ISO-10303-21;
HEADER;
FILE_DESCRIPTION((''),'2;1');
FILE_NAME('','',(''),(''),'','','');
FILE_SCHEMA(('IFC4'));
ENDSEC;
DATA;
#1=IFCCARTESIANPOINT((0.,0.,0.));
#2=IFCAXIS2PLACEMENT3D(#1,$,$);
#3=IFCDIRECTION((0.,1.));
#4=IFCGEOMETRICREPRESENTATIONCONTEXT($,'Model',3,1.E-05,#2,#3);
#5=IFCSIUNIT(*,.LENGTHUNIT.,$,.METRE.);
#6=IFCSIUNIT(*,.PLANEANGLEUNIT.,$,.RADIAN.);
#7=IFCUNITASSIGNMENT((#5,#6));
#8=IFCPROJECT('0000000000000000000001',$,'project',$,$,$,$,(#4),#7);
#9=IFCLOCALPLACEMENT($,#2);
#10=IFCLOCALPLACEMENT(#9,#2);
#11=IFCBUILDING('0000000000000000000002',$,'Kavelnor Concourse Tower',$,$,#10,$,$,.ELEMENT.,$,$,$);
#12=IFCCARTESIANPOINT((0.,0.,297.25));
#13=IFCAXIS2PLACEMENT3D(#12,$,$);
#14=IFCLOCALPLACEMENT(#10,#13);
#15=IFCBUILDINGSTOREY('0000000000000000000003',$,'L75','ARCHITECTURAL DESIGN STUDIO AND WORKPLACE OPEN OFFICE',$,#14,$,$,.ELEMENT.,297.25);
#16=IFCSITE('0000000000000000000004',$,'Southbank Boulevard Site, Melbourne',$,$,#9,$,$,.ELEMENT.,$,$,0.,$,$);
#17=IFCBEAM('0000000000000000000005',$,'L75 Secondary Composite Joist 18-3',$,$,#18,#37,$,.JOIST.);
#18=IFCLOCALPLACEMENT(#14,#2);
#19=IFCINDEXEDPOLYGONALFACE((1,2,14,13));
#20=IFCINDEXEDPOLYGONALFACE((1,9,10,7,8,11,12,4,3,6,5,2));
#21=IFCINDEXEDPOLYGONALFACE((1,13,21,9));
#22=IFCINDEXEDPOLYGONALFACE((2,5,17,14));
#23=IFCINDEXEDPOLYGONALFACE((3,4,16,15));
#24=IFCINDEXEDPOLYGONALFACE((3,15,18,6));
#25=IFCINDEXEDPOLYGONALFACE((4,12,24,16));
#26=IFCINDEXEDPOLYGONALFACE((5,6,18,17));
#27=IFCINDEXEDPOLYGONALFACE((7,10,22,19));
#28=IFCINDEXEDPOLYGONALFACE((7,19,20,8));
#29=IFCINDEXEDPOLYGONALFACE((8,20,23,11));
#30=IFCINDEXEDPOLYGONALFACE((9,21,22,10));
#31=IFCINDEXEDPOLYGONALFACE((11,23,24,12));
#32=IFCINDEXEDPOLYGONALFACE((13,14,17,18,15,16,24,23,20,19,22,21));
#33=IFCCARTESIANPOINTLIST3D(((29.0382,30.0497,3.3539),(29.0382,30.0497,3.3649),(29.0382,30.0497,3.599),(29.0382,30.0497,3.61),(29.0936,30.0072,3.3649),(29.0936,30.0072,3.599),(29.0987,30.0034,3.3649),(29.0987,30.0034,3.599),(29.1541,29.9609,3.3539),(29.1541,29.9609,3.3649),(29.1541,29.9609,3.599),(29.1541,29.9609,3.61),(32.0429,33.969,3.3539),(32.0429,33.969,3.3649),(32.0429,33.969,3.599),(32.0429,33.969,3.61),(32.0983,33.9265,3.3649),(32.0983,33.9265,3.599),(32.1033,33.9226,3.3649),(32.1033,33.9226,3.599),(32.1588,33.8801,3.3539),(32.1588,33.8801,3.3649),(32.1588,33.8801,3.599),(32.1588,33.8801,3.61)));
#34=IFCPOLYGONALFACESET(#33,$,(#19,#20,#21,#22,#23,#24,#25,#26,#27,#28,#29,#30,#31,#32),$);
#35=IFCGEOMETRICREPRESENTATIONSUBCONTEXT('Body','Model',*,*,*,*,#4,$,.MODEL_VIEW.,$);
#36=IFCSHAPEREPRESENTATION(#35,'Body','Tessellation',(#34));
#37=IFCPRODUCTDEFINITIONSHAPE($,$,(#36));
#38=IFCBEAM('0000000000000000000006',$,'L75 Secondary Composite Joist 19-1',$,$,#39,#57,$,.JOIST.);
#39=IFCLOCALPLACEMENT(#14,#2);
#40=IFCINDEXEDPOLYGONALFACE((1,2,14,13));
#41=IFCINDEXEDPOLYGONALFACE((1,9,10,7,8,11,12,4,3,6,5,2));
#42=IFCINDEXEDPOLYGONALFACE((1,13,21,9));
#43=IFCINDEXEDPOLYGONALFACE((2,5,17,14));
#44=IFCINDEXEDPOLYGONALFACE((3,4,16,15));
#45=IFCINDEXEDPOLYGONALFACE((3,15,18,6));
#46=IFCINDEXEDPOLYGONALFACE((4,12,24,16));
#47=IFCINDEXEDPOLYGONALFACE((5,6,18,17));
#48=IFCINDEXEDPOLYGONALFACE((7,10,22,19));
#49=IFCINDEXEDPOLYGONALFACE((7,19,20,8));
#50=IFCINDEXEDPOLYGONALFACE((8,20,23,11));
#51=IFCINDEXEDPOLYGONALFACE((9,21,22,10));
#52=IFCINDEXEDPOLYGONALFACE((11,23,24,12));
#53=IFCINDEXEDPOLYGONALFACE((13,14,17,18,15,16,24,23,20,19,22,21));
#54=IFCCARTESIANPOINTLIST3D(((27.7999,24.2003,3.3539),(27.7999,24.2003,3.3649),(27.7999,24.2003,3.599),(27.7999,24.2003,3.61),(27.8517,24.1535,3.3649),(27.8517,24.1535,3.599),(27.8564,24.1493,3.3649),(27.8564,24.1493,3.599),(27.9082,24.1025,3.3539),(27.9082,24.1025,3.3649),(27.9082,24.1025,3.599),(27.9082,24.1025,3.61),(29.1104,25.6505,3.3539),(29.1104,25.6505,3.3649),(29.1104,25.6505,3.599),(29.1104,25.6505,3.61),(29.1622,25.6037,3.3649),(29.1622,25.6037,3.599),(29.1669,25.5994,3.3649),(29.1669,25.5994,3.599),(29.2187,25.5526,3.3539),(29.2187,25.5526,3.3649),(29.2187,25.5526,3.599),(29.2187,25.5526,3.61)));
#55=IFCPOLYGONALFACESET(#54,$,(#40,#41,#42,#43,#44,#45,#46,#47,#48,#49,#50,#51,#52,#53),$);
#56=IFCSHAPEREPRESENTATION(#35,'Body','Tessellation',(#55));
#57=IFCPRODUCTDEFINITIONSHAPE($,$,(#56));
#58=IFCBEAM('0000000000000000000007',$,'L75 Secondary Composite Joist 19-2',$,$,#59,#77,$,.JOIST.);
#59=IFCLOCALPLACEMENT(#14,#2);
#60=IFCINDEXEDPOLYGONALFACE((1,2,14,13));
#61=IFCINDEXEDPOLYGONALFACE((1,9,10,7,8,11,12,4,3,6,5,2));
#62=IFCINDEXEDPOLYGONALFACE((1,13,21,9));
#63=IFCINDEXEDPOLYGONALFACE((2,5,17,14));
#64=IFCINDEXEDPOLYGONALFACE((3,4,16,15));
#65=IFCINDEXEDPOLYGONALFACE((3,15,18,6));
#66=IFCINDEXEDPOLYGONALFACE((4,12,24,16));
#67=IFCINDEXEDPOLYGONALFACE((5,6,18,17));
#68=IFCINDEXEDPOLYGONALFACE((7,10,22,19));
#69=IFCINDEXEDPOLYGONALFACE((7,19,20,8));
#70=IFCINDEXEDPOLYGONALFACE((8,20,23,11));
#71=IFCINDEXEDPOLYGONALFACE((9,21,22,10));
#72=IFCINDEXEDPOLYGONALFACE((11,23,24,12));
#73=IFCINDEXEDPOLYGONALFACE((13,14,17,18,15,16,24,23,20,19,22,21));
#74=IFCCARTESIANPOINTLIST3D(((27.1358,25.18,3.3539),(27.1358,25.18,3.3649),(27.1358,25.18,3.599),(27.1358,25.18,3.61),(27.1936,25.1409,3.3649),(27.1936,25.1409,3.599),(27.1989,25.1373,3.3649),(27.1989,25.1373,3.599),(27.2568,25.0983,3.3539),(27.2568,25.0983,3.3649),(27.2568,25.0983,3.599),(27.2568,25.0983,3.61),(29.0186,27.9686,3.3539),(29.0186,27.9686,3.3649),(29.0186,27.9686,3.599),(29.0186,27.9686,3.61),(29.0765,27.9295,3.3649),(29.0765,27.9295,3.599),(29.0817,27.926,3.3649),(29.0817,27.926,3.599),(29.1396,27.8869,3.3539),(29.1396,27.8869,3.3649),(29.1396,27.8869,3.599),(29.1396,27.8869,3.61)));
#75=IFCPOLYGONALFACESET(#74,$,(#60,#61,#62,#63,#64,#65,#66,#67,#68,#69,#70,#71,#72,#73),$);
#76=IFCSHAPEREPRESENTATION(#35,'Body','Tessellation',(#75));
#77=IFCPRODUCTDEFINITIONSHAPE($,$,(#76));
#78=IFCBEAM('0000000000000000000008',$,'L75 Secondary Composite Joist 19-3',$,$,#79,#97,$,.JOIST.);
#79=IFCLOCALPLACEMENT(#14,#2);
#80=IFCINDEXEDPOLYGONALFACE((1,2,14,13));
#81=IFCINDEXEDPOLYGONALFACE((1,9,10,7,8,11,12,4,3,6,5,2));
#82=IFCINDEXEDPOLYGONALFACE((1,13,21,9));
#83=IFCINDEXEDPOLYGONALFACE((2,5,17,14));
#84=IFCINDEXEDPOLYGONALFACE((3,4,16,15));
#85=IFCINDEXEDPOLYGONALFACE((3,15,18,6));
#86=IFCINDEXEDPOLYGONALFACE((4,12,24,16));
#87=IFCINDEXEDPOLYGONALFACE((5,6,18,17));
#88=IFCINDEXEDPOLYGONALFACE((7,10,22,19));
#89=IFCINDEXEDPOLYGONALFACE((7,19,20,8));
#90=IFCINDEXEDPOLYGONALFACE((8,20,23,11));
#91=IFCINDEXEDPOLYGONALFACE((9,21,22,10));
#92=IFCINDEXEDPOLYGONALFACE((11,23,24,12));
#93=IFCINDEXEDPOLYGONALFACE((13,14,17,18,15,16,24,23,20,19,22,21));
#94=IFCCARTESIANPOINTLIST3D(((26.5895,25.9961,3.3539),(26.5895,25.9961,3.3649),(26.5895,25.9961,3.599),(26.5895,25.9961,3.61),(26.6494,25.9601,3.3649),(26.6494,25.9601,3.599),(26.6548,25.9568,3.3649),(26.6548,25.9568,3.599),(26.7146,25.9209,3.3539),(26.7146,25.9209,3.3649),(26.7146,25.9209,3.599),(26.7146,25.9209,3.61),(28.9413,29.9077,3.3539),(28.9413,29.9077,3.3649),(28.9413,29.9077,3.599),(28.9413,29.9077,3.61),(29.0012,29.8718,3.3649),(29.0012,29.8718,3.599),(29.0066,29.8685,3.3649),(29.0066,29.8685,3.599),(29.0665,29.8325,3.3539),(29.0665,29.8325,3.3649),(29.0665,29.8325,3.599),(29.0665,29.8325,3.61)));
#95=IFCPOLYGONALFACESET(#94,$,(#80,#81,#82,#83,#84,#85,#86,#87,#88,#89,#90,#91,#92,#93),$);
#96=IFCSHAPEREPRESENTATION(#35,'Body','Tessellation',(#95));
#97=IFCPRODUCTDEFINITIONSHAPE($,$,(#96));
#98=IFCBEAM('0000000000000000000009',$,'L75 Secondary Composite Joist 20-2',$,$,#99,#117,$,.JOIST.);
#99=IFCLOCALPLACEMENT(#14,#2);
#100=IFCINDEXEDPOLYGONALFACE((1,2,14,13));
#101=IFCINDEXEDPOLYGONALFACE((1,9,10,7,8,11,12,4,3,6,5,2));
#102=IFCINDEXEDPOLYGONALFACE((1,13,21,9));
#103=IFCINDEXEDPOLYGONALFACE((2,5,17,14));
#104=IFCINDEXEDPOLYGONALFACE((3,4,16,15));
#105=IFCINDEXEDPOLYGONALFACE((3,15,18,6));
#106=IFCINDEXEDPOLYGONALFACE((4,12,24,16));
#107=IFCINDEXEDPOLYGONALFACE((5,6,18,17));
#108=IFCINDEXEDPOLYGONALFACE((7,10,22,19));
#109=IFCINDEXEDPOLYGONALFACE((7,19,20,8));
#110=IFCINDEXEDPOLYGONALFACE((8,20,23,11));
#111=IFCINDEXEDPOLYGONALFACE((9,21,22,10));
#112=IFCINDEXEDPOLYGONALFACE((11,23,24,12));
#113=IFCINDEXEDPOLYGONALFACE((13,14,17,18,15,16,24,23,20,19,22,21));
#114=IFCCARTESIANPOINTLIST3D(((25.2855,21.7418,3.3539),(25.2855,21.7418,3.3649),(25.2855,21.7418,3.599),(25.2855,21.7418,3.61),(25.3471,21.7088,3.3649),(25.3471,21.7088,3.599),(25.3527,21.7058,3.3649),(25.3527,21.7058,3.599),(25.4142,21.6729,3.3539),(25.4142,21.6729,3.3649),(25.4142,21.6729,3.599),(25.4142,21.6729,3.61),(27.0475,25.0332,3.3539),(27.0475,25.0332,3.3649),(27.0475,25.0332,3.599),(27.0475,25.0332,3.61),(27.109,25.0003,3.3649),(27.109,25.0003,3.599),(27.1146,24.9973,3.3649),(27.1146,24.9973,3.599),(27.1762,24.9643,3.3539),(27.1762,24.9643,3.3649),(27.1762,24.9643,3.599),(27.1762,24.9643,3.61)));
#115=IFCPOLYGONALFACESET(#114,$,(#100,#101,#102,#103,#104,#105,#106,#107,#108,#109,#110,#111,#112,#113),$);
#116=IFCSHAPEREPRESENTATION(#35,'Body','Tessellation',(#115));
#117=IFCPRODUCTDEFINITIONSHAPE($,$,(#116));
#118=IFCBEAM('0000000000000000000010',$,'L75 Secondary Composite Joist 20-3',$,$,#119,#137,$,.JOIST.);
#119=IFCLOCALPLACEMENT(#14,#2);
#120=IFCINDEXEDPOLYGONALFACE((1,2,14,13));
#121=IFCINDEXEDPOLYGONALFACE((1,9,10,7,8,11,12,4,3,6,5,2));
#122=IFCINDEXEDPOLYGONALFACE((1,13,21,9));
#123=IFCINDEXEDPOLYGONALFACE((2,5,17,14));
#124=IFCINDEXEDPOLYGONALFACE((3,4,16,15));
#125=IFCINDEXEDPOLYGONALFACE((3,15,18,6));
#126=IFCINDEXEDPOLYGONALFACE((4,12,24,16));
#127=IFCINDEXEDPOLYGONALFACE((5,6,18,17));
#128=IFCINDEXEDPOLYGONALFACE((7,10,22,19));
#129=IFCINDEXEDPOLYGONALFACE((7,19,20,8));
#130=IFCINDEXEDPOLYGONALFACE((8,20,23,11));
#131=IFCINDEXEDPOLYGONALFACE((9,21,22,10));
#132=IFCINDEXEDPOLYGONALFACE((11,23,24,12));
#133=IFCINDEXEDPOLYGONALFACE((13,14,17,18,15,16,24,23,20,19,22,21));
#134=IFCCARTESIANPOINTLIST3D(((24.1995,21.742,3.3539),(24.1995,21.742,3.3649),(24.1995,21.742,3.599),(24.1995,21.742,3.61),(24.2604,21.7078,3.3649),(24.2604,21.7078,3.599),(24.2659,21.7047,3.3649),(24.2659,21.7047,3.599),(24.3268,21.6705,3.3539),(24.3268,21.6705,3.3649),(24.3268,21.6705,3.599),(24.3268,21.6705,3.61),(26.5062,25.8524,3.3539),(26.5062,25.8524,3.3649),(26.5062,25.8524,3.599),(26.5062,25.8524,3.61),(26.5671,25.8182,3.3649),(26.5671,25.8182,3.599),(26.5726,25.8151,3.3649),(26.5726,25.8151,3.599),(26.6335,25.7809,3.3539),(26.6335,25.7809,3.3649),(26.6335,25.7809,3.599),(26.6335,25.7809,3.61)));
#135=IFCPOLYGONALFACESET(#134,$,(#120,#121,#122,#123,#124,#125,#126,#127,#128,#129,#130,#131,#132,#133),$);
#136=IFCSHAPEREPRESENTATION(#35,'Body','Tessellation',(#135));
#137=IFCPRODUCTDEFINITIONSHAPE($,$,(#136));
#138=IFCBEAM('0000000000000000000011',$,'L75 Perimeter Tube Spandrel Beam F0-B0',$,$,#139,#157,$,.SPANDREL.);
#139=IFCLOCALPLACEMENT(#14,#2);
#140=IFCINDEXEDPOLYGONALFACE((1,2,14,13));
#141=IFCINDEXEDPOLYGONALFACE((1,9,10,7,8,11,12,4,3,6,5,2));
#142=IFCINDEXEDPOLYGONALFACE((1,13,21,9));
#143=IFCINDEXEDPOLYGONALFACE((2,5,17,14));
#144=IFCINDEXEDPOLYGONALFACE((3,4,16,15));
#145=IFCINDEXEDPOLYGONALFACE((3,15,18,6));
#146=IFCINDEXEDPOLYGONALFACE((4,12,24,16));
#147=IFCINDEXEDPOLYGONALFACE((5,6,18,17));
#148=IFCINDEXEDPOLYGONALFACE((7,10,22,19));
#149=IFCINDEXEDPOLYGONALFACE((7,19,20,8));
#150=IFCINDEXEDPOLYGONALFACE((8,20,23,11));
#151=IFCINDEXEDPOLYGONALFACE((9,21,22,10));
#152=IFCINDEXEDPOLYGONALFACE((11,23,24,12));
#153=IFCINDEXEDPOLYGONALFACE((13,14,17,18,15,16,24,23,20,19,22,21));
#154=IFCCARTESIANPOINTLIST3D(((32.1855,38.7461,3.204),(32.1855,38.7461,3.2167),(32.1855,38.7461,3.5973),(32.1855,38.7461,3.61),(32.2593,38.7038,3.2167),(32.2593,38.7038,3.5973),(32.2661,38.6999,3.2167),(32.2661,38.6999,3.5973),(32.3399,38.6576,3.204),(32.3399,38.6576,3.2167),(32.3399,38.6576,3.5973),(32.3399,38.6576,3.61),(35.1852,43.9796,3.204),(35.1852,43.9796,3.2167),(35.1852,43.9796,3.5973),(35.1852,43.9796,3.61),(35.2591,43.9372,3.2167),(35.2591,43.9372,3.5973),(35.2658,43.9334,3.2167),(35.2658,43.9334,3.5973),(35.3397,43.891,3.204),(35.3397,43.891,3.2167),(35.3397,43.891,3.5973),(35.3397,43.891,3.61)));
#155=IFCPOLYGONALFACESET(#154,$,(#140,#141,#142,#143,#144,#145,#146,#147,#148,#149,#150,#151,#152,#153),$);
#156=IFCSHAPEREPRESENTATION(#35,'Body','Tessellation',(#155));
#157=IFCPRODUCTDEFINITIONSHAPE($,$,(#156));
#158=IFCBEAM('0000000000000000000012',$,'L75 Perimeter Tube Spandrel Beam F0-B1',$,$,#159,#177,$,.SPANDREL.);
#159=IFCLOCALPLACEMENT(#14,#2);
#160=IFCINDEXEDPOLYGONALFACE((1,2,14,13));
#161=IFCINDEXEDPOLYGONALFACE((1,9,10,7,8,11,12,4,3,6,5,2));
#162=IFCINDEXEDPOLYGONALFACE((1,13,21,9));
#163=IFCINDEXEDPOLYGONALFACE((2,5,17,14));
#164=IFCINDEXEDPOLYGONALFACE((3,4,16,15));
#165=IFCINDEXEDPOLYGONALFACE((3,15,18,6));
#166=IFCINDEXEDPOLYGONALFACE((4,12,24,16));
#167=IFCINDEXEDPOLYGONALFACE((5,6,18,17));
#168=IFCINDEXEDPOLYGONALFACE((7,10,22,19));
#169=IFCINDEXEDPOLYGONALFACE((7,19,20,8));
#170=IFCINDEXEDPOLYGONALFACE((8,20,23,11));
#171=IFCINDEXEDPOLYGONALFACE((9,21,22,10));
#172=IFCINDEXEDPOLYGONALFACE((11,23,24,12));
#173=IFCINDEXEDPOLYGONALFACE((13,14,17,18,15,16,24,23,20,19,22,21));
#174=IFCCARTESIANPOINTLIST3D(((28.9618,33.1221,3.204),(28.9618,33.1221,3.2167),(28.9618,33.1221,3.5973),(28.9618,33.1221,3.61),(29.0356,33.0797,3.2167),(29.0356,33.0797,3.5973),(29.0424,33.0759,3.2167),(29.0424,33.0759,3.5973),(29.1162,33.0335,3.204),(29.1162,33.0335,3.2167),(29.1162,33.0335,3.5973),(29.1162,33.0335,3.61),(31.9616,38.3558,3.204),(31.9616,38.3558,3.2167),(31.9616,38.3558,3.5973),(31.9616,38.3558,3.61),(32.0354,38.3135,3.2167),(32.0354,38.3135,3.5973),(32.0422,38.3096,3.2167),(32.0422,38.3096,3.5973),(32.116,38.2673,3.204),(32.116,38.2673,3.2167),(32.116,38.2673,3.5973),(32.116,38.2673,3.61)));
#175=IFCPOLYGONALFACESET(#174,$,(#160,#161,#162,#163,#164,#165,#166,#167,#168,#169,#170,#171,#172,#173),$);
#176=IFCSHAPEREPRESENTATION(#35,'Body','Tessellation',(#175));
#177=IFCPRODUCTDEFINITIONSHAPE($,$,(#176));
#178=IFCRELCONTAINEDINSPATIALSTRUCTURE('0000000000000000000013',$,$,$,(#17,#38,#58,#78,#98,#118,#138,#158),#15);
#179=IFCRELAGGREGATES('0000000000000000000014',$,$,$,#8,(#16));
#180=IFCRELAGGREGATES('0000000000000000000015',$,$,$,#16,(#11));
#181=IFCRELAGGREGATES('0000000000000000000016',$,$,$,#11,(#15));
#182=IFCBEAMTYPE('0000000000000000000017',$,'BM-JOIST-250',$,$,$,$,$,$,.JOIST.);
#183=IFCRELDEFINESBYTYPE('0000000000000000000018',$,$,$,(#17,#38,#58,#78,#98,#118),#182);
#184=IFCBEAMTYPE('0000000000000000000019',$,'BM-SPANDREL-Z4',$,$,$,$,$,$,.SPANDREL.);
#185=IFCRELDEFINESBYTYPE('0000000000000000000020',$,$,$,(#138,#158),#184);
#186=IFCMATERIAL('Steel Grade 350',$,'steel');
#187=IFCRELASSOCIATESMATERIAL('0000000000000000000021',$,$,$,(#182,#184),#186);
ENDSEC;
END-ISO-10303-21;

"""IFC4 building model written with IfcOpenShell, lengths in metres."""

from ifc_helpers import new_model, si_unit, direction, frame, origin, origin_2d, place, context, subcontext, project, spatial, i_section, extrude, material, material_profile, profile_set, type_object, element, save


model = new_model("IFC4")

# Units and contexts
model_context = context("Model", 3, precision=1e-05, world=origin(), true_north=direction((0.0, 1.0)))
body_context = subcontext(model_context, "Body", "Model", "MODEL_VIEW")
ifc_project = project(units=[si_unit("LENGTHUNIT", "METRE"), si_unit("PLANEANGLEUNIT", "RADIAN")], contexts=[model_context])

# Site, building, storey
site_placement = place(None, origin())
site = spatial("IfcSite", under=ifc_project, at=site_placement, Name="Southbank Boulevard Site, Melbourne", CompositionType="ELEMENT", RefElevation=0.0)
building_placement = place(site_placement, origin())
building = spatial("IfcBuilding", under=site, at=building_placement, Name="Kavelnor Concourse Tower", CompositionType="ELEMENT")
storey_placement = place(building_placement, frame((0.0, 0.0, 297.25)))
storey = spatial("IfcBuildingStorey", under=building, at=storey_placement, Name="L75", Description="ARCHITECTURAL DESIGN STUDIO AND WORKPLACE OPEN OFFICE", CompositionType="ELEMENT", Elevation=297.25)

# Shared definitions
ifc_material_1 = material(Name="Steel Grade 350", Category="steel")

# Beams
ifc_material_profile_1 = material_profile(ifc_material_1, i_section(OverallWidth=0.146, OverallDepth=0.2561, WebThickness=0.0063, FlangeThickness=0.011, at=origin_2d()), Name="250UB37")
ifc_profile_set_1 = profile_set([ifc_material_profile_1], Name="Steel Grade 350")
beam_type_1 = type_object("IfcBeamType", Name="BM-JOIST-250", PredefinedType="JOIST", material=ifc_profile_set_1)
beam_1_placement = place(storey_placement, frame((32.1008, 33.9246, 3.4819), z_axis=(-0.608422, -0.793614, 0.0), x_axis=(0.793614, -0.608422, 0.0)))
element("IfcBeam", 1, at=beam_1_placement, inside=storey, type_object=beam_type_1, Name="L75 Secondary Composite Joist 18-3", PredefinedType="JOIST", context=body_context, shape_type="SweptSolid", body=[
    extrude(i_section(OverallWidth=0.146, OverallDepth=0.2561, WebThickness=0.0063, FlangeThickness=0.011, at=origin_2d()), origin(), (0.0, 0.0, 1.0), 4.9385),
])
beam_2_placement = place(storey_placement, frame((29.1646, 25.6016, 3.4819), z_axis=(-0.670481, -0.741926, 0.0), x_axis=(0.741926, -0.670481, 0.0)))
element("IfcBeam", 2, at=beam_2_placement, inside=storey, type_object=beam_type_1, Name="L75 Secondary Composite Joist 19-1", PredefinedType="JOIST", context=body_context, shape_type="SweptSolid", body=[
    extrude(i_section(OverallWidth=0.146, OverallDepth=0.2561, WebThickness=0.0063, FlangeThickness=0.011, at=origin_2d()), origin(), (0.0, 0.0, 1.0), 1.9546),
])
beam_3_placement = place(storey_placement, frame((29.0791, 27.9277, 3.4819), z_axis=(-0.55958, -0.828776, 0.0), x_axis=(0.828776, -0.55958, 0.0)))
element("IfcBeam", 3, at=beam_3_placement, inside=storey, type_object=beam_type_1, Name="L75 Secondary Composite Joist 19-2", PredefinedType="JOIST", context=body_context, shape_type="SweptSolid", body=[
    extrude(i_section(OverallWidth=0.146, OverallDepth=0.2561, WebThickness=0.0063, FlangeThickness=0.011, at=origin_2d()), origin(), (0.0, 0.0, 1.0), 3.3647),
])
beam_4_placement = place(storey_placement, frame((29.0039, 29.8701, 3.4819), z_axis=(-0.515274, -0.857025, 0.0), x_axis=(0.857025, -0.515274, 0.0)))
element("IfcBeam", 4, at=beam_4_placement, inside=storey, type_object=beam_type_1, Name="L75 Secondary Composite Joist 19-3", PredefinedType="JOIST", context=body_context, shape_type="SweptSolid", body=[
    extrude(i_section(OverallWidth=0.146, OverallDepth=0.2561, WebThickness=0.0063, FlangeThickness=0.011, at=origin_2d()), origin(), (0.0, 0.0, 1.0), 4.5642),
])
beam_5_placement = place(storey_placement, frame((27.1118, 24.9988, 3.4819), z_axis=(-0.471942, -0.88163, 0.0), x_axis=(0.88163, -0.471942, 0.0)))
element("IfcBeam", 5, at=beam_5_placement, inside=storey, type_object=beam_type_1, Name="L75 Secondary Composite Joist 20-2", PredefinedType="JOIST", context=body_context, shape_type="SweptSolid", body=[
    extrude(i_section(OverallWidth=0.146, OverallDepth=0.2561, WebThickness=0.0063, FlangeThickness=0.011, at=origin_2d()), origin(), (0.0, 0.0, 1.0), 3.7334),
])
beam_6_placement = place(storey_placement, frame((26.5698, 25.8167, 3.4819), z_axis=(-0.489386, -0.872068, 0.0), x_axis=(0.872068, -0.489386, 0.0)))
element("IfcBeam", 6, at=beam_6_placement, inside=storey, type_object=beam_type_1, Name="L75 Secondary Composite Joist 20-3", PredefinedType="JOIST", context=body_context, shape_type="SweptSolid", body=[
    extrude(i_section(OverallWidth=0.146, OverallDepth=0.2561, WebThickness=0.0063, FlangeThickness=0.011, at=origin_2d()), origin(), (0.0, 0.0, 1.0), 4.7134),
])
ifc_material_profile_2 = material_profile(ifc_material_1, i_section(OverallWidth=0.178, OverallDepth=0.406, WebThickness=0.0078, FlangeThickness=0.0127, at=origin_2d()), Name="410UB59")
ifc_profile_set_2 = profile_set([ifc_material_profile_2], Name="Steel Grade 350")
beam_type_2 = type_object("IfcBeamType", Name="BM-SPANDREL-Z4", PredefinedType="SPANDREL", material=ifc_profile_set_2)
beam_7_placement = place(storey_placement, frame((35.2625, 43.9353, 3.407), z_axis=(-0.497294, -0.867582, 0.0), x_axis=(0.867582, -0.497294, 0.0)))
element("IfcBeam", 7, at=beam_7_placement, inside=storey, type_object=beam_type_2, Name="L75 Perimeter Tube Spandrel Beam F0-B0", PredefinedType="SPANDREL", context=body_context, shape_type="SweptSolid", body=[
    extrude(i_section(OverallWidth=0.178, OverallDepth=0.406, WebThickness=0.0078, FlangeThickness=0.0127, at=origin_2d()), origin(), (0.0, 0.0, 1.0), 6.0322),
])
beam_8_placement = place(storey_placement, frame((32.0388, 38.3115, 3.407), z_axis=(-0.497276, -0.867592, 0.0), x_axis=(0.867592, -0.497276, 0.0)))
element("IfcBeam", 8, at=beam_8_placement, inside=storey, type_object=beam_type_2, Name="L75 Perimeter Tube Spandrel Beam F0-B1", PredefinedType="SPANDREL", context=body_context, shape_type="SweptSolid", body=[
    extrude(i_section(OverallWidth=0.178, OverallDepth=0.406, WebThickness=0.0078, FlangeThickness=0.0127, at=origin_2d()), origin(), (0.0, 0.0, 1.0), 6.0325),
])

save(model, "model.ifc")
